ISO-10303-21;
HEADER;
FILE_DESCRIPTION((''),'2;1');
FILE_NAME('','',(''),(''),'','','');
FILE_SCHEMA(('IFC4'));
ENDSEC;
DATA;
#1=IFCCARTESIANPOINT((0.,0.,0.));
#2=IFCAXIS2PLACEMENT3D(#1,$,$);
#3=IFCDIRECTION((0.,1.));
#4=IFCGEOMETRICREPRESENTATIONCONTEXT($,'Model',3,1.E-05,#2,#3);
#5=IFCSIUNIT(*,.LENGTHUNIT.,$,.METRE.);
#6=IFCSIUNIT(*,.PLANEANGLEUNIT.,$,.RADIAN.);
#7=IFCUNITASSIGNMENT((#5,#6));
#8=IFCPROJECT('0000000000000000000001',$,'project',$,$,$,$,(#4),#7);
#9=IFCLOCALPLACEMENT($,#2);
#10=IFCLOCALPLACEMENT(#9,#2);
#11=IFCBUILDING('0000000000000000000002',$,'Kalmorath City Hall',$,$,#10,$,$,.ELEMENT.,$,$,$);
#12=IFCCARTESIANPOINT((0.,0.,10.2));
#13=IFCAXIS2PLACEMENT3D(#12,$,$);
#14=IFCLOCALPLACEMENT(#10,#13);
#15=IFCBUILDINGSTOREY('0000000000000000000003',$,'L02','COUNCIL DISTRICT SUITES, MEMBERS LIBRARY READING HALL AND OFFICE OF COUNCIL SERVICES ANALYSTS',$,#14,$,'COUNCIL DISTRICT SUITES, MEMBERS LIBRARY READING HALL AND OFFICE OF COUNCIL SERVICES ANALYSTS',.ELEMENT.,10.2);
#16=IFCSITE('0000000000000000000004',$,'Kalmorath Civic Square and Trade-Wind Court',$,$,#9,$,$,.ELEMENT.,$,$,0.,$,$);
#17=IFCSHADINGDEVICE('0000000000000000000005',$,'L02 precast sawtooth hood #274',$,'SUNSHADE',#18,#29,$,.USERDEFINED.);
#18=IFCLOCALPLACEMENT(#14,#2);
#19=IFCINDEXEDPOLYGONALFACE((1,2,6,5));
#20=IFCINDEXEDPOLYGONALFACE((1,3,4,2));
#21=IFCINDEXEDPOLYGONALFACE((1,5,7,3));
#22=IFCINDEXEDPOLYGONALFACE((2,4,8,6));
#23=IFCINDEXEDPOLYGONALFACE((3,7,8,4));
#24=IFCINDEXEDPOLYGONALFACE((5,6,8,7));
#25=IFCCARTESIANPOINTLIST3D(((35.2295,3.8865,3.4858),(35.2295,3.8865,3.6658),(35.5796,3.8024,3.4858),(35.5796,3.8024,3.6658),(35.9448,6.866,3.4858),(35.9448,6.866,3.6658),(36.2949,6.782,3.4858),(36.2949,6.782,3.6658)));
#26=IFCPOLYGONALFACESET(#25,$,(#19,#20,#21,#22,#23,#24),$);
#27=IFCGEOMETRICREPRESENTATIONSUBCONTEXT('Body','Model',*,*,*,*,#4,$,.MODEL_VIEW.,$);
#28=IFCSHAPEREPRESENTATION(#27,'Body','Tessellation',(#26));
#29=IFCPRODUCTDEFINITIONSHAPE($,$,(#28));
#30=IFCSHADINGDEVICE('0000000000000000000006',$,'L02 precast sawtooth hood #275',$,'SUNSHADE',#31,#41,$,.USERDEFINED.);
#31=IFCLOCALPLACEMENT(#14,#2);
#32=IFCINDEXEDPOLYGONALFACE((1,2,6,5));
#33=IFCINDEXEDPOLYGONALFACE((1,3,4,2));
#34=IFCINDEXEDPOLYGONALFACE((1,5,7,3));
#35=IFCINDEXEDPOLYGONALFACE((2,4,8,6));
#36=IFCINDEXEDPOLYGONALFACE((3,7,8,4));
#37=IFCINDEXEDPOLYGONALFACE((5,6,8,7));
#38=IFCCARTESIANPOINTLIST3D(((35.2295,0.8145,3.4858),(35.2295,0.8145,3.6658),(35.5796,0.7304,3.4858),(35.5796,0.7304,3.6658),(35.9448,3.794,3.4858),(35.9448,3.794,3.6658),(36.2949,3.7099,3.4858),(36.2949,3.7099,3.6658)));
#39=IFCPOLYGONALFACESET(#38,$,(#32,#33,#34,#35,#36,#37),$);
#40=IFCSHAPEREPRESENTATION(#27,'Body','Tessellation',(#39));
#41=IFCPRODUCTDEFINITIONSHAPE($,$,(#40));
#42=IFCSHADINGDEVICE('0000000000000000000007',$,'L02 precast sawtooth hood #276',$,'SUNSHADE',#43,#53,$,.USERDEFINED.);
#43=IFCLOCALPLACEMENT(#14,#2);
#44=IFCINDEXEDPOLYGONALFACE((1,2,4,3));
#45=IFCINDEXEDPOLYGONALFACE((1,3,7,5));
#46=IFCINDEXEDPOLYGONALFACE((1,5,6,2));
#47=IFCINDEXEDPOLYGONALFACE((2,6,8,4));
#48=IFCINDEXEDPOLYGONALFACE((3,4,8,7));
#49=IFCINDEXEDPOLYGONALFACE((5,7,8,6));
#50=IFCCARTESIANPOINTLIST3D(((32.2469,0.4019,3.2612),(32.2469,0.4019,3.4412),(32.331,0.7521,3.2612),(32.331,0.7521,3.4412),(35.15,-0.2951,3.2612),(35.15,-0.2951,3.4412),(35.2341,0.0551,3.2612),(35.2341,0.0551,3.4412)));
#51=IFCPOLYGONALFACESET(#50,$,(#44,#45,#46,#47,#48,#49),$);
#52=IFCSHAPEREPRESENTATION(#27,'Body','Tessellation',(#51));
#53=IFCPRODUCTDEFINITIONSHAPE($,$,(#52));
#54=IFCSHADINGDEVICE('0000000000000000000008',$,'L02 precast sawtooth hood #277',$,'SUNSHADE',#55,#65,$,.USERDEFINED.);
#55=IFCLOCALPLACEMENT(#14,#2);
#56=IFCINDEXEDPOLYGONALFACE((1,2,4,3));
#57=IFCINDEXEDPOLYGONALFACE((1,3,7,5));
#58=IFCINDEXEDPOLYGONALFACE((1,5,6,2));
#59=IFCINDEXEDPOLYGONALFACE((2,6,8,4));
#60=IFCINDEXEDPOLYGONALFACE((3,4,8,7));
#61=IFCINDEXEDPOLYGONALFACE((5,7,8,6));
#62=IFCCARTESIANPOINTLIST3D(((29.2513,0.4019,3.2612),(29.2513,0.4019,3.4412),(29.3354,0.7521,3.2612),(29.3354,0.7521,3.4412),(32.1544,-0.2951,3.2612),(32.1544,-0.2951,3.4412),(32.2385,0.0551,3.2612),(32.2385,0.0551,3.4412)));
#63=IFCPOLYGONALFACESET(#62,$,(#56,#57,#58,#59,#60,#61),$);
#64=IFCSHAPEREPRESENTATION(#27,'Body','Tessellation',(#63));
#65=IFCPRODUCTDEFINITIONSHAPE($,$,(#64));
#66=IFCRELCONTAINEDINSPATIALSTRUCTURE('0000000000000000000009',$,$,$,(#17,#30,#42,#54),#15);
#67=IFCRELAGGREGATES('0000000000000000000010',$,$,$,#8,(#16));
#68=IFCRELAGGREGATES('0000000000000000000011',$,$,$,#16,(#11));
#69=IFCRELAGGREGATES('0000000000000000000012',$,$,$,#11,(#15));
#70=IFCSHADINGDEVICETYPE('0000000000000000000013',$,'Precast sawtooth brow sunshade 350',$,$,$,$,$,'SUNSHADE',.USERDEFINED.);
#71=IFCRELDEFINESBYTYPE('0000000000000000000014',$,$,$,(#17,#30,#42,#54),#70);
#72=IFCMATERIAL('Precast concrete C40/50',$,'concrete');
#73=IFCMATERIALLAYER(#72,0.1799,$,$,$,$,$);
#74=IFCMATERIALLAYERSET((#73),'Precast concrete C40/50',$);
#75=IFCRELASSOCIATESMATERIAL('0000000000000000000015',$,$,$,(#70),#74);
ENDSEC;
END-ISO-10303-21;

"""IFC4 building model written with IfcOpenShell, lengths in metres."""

from ifc_helpers import new_model, si_unit, direction, frame, origin, origin_2d, place, context, subcontext, project, spatial, rectangle, extrude, material, layer, layer_set, type_object, element, save


model = new_model("IFC4")

# Units and contexts
model_context = context("Model", 3, precision=1e-05, world=origin(), true_north=direction((0.0, 1.0)))
body_context = subcontext(model_context, "Body", "Model", "MODEL_VIEW")
ifc_project = project(units=[si_unit("LENGTHUNIT", "METRE"), si_unit("PLANEANGLEUNIT", "RADIAN")], contexts=[model_context])

# Site, building, storey
site_placement = place(None, origin())
site = spatial("IfcSite", under=ifc_project, at=site_placement, Name="Kalmorath Civic Square and Trade-Wind Court", CompositionType="ELEMENT", RefElevation=0.0)
building_placement = place(site_placement, origin())
building = spatial("IfcBuilding", under=site, at=building_placement, Name="Kalmorath City Hall", CompositionType="ELEMENT")
storey_placement = place(building_placement, frame((0.0, 0.0, 10.2)))
storey = spatial("IfcBuildingStorey", under=building, at=storey_placement, Name="L02", Description="COUNCIL DISTRICT SUITES, MEMBERS LIBRARY READING HALL AND OFFICE OF COUNCIL SERVICES ANALYSTS", LongName="COUNCIL DISTRICT SUITES, MEMBERS LIBRARY READING HALL AND OFFICE OF COUNCIL SERVICES ANALYSTS", CompositionType="ELEMENT", Elevation=10.2)

# Shading devices
ifc_material_1 = material(Name="Precast concrete C40/50", Category="concrete")
ifc_layer_1 = layer(ifc_material_1, 0.1799)
ifc_layer_set_1 = layer_set([ifc_layer_1], Name="Precast concrete C40/50")
shading_device_type = type_object("IfcShadingDeviceType", Name="Precast sawtooth brow sunshade 350", ElementType="SUNSHADE", PredefinedType="USERDEFINED", material=ifc_layer_set_1)
for number, where, z_axis, x_axis, name in (
    (1, (35.7622, 5.3342, 3.4858), (0.0, 0.0, 1.0), (-0.233445, -0.97237, 0.0), "L02 precast sawtooth hood #274"),
    (2, (35.7622, 2.2622, 3.4858), (0.0, 0.0, 1.0), (-0.233445, -0.97237, 0.0), "L02 precast sawtooth hood #275"),
):
    element("IfcShadingDevice", number, at=place(storey_placement, frame(where, z_axis=z_axis, x_axis=x_axis)), inside=storey, type_object=shading_device_type, Name=name, ObjectType="SUNSHADE", PredefinedType="USERDEFINED", context=body_context, shape_type="SweptSolid", body=[
        extrude(rectangle(XDim=3.0642, YDim=0.3601, at=origin_2d()), origin(), (0.0, 0.0, 1.0), 0.1799),
    ])
for number, where, z_axis, x_axis, name in (
    (3, (33.7405, 0.2285, 3.2612), (0.0, 0.0, 1.0), (-0.972366, 0.233462, 0.0), "L02 precast sawtooth hood #276"),
    (4, (30.7449, 0.2285, 3.2612), (0.0, 0.0, 1.0), (-0.972366, 0.233462, 0.0), "L02 precast sawtooth hood #277"),
):
    element("IfcShadingDevice", number, at=place(storey_placement, frame(where, z_axis=z_axis, x_axis=x_axis)), inside=storey, type_object=shading_device_type, Name=name, ObjectType="SUNSHADE", PredefinedType="USERDEFINED", context=body_context, shape_type="SweptSolid", body=[
        extrude(rectangle(XDim=2.9856, YDim=0.3601, at=origin_2d()), origin(), (0.0, 0.0, 1.0), 0.1799),
    ])

save(model, "model.ifc")
